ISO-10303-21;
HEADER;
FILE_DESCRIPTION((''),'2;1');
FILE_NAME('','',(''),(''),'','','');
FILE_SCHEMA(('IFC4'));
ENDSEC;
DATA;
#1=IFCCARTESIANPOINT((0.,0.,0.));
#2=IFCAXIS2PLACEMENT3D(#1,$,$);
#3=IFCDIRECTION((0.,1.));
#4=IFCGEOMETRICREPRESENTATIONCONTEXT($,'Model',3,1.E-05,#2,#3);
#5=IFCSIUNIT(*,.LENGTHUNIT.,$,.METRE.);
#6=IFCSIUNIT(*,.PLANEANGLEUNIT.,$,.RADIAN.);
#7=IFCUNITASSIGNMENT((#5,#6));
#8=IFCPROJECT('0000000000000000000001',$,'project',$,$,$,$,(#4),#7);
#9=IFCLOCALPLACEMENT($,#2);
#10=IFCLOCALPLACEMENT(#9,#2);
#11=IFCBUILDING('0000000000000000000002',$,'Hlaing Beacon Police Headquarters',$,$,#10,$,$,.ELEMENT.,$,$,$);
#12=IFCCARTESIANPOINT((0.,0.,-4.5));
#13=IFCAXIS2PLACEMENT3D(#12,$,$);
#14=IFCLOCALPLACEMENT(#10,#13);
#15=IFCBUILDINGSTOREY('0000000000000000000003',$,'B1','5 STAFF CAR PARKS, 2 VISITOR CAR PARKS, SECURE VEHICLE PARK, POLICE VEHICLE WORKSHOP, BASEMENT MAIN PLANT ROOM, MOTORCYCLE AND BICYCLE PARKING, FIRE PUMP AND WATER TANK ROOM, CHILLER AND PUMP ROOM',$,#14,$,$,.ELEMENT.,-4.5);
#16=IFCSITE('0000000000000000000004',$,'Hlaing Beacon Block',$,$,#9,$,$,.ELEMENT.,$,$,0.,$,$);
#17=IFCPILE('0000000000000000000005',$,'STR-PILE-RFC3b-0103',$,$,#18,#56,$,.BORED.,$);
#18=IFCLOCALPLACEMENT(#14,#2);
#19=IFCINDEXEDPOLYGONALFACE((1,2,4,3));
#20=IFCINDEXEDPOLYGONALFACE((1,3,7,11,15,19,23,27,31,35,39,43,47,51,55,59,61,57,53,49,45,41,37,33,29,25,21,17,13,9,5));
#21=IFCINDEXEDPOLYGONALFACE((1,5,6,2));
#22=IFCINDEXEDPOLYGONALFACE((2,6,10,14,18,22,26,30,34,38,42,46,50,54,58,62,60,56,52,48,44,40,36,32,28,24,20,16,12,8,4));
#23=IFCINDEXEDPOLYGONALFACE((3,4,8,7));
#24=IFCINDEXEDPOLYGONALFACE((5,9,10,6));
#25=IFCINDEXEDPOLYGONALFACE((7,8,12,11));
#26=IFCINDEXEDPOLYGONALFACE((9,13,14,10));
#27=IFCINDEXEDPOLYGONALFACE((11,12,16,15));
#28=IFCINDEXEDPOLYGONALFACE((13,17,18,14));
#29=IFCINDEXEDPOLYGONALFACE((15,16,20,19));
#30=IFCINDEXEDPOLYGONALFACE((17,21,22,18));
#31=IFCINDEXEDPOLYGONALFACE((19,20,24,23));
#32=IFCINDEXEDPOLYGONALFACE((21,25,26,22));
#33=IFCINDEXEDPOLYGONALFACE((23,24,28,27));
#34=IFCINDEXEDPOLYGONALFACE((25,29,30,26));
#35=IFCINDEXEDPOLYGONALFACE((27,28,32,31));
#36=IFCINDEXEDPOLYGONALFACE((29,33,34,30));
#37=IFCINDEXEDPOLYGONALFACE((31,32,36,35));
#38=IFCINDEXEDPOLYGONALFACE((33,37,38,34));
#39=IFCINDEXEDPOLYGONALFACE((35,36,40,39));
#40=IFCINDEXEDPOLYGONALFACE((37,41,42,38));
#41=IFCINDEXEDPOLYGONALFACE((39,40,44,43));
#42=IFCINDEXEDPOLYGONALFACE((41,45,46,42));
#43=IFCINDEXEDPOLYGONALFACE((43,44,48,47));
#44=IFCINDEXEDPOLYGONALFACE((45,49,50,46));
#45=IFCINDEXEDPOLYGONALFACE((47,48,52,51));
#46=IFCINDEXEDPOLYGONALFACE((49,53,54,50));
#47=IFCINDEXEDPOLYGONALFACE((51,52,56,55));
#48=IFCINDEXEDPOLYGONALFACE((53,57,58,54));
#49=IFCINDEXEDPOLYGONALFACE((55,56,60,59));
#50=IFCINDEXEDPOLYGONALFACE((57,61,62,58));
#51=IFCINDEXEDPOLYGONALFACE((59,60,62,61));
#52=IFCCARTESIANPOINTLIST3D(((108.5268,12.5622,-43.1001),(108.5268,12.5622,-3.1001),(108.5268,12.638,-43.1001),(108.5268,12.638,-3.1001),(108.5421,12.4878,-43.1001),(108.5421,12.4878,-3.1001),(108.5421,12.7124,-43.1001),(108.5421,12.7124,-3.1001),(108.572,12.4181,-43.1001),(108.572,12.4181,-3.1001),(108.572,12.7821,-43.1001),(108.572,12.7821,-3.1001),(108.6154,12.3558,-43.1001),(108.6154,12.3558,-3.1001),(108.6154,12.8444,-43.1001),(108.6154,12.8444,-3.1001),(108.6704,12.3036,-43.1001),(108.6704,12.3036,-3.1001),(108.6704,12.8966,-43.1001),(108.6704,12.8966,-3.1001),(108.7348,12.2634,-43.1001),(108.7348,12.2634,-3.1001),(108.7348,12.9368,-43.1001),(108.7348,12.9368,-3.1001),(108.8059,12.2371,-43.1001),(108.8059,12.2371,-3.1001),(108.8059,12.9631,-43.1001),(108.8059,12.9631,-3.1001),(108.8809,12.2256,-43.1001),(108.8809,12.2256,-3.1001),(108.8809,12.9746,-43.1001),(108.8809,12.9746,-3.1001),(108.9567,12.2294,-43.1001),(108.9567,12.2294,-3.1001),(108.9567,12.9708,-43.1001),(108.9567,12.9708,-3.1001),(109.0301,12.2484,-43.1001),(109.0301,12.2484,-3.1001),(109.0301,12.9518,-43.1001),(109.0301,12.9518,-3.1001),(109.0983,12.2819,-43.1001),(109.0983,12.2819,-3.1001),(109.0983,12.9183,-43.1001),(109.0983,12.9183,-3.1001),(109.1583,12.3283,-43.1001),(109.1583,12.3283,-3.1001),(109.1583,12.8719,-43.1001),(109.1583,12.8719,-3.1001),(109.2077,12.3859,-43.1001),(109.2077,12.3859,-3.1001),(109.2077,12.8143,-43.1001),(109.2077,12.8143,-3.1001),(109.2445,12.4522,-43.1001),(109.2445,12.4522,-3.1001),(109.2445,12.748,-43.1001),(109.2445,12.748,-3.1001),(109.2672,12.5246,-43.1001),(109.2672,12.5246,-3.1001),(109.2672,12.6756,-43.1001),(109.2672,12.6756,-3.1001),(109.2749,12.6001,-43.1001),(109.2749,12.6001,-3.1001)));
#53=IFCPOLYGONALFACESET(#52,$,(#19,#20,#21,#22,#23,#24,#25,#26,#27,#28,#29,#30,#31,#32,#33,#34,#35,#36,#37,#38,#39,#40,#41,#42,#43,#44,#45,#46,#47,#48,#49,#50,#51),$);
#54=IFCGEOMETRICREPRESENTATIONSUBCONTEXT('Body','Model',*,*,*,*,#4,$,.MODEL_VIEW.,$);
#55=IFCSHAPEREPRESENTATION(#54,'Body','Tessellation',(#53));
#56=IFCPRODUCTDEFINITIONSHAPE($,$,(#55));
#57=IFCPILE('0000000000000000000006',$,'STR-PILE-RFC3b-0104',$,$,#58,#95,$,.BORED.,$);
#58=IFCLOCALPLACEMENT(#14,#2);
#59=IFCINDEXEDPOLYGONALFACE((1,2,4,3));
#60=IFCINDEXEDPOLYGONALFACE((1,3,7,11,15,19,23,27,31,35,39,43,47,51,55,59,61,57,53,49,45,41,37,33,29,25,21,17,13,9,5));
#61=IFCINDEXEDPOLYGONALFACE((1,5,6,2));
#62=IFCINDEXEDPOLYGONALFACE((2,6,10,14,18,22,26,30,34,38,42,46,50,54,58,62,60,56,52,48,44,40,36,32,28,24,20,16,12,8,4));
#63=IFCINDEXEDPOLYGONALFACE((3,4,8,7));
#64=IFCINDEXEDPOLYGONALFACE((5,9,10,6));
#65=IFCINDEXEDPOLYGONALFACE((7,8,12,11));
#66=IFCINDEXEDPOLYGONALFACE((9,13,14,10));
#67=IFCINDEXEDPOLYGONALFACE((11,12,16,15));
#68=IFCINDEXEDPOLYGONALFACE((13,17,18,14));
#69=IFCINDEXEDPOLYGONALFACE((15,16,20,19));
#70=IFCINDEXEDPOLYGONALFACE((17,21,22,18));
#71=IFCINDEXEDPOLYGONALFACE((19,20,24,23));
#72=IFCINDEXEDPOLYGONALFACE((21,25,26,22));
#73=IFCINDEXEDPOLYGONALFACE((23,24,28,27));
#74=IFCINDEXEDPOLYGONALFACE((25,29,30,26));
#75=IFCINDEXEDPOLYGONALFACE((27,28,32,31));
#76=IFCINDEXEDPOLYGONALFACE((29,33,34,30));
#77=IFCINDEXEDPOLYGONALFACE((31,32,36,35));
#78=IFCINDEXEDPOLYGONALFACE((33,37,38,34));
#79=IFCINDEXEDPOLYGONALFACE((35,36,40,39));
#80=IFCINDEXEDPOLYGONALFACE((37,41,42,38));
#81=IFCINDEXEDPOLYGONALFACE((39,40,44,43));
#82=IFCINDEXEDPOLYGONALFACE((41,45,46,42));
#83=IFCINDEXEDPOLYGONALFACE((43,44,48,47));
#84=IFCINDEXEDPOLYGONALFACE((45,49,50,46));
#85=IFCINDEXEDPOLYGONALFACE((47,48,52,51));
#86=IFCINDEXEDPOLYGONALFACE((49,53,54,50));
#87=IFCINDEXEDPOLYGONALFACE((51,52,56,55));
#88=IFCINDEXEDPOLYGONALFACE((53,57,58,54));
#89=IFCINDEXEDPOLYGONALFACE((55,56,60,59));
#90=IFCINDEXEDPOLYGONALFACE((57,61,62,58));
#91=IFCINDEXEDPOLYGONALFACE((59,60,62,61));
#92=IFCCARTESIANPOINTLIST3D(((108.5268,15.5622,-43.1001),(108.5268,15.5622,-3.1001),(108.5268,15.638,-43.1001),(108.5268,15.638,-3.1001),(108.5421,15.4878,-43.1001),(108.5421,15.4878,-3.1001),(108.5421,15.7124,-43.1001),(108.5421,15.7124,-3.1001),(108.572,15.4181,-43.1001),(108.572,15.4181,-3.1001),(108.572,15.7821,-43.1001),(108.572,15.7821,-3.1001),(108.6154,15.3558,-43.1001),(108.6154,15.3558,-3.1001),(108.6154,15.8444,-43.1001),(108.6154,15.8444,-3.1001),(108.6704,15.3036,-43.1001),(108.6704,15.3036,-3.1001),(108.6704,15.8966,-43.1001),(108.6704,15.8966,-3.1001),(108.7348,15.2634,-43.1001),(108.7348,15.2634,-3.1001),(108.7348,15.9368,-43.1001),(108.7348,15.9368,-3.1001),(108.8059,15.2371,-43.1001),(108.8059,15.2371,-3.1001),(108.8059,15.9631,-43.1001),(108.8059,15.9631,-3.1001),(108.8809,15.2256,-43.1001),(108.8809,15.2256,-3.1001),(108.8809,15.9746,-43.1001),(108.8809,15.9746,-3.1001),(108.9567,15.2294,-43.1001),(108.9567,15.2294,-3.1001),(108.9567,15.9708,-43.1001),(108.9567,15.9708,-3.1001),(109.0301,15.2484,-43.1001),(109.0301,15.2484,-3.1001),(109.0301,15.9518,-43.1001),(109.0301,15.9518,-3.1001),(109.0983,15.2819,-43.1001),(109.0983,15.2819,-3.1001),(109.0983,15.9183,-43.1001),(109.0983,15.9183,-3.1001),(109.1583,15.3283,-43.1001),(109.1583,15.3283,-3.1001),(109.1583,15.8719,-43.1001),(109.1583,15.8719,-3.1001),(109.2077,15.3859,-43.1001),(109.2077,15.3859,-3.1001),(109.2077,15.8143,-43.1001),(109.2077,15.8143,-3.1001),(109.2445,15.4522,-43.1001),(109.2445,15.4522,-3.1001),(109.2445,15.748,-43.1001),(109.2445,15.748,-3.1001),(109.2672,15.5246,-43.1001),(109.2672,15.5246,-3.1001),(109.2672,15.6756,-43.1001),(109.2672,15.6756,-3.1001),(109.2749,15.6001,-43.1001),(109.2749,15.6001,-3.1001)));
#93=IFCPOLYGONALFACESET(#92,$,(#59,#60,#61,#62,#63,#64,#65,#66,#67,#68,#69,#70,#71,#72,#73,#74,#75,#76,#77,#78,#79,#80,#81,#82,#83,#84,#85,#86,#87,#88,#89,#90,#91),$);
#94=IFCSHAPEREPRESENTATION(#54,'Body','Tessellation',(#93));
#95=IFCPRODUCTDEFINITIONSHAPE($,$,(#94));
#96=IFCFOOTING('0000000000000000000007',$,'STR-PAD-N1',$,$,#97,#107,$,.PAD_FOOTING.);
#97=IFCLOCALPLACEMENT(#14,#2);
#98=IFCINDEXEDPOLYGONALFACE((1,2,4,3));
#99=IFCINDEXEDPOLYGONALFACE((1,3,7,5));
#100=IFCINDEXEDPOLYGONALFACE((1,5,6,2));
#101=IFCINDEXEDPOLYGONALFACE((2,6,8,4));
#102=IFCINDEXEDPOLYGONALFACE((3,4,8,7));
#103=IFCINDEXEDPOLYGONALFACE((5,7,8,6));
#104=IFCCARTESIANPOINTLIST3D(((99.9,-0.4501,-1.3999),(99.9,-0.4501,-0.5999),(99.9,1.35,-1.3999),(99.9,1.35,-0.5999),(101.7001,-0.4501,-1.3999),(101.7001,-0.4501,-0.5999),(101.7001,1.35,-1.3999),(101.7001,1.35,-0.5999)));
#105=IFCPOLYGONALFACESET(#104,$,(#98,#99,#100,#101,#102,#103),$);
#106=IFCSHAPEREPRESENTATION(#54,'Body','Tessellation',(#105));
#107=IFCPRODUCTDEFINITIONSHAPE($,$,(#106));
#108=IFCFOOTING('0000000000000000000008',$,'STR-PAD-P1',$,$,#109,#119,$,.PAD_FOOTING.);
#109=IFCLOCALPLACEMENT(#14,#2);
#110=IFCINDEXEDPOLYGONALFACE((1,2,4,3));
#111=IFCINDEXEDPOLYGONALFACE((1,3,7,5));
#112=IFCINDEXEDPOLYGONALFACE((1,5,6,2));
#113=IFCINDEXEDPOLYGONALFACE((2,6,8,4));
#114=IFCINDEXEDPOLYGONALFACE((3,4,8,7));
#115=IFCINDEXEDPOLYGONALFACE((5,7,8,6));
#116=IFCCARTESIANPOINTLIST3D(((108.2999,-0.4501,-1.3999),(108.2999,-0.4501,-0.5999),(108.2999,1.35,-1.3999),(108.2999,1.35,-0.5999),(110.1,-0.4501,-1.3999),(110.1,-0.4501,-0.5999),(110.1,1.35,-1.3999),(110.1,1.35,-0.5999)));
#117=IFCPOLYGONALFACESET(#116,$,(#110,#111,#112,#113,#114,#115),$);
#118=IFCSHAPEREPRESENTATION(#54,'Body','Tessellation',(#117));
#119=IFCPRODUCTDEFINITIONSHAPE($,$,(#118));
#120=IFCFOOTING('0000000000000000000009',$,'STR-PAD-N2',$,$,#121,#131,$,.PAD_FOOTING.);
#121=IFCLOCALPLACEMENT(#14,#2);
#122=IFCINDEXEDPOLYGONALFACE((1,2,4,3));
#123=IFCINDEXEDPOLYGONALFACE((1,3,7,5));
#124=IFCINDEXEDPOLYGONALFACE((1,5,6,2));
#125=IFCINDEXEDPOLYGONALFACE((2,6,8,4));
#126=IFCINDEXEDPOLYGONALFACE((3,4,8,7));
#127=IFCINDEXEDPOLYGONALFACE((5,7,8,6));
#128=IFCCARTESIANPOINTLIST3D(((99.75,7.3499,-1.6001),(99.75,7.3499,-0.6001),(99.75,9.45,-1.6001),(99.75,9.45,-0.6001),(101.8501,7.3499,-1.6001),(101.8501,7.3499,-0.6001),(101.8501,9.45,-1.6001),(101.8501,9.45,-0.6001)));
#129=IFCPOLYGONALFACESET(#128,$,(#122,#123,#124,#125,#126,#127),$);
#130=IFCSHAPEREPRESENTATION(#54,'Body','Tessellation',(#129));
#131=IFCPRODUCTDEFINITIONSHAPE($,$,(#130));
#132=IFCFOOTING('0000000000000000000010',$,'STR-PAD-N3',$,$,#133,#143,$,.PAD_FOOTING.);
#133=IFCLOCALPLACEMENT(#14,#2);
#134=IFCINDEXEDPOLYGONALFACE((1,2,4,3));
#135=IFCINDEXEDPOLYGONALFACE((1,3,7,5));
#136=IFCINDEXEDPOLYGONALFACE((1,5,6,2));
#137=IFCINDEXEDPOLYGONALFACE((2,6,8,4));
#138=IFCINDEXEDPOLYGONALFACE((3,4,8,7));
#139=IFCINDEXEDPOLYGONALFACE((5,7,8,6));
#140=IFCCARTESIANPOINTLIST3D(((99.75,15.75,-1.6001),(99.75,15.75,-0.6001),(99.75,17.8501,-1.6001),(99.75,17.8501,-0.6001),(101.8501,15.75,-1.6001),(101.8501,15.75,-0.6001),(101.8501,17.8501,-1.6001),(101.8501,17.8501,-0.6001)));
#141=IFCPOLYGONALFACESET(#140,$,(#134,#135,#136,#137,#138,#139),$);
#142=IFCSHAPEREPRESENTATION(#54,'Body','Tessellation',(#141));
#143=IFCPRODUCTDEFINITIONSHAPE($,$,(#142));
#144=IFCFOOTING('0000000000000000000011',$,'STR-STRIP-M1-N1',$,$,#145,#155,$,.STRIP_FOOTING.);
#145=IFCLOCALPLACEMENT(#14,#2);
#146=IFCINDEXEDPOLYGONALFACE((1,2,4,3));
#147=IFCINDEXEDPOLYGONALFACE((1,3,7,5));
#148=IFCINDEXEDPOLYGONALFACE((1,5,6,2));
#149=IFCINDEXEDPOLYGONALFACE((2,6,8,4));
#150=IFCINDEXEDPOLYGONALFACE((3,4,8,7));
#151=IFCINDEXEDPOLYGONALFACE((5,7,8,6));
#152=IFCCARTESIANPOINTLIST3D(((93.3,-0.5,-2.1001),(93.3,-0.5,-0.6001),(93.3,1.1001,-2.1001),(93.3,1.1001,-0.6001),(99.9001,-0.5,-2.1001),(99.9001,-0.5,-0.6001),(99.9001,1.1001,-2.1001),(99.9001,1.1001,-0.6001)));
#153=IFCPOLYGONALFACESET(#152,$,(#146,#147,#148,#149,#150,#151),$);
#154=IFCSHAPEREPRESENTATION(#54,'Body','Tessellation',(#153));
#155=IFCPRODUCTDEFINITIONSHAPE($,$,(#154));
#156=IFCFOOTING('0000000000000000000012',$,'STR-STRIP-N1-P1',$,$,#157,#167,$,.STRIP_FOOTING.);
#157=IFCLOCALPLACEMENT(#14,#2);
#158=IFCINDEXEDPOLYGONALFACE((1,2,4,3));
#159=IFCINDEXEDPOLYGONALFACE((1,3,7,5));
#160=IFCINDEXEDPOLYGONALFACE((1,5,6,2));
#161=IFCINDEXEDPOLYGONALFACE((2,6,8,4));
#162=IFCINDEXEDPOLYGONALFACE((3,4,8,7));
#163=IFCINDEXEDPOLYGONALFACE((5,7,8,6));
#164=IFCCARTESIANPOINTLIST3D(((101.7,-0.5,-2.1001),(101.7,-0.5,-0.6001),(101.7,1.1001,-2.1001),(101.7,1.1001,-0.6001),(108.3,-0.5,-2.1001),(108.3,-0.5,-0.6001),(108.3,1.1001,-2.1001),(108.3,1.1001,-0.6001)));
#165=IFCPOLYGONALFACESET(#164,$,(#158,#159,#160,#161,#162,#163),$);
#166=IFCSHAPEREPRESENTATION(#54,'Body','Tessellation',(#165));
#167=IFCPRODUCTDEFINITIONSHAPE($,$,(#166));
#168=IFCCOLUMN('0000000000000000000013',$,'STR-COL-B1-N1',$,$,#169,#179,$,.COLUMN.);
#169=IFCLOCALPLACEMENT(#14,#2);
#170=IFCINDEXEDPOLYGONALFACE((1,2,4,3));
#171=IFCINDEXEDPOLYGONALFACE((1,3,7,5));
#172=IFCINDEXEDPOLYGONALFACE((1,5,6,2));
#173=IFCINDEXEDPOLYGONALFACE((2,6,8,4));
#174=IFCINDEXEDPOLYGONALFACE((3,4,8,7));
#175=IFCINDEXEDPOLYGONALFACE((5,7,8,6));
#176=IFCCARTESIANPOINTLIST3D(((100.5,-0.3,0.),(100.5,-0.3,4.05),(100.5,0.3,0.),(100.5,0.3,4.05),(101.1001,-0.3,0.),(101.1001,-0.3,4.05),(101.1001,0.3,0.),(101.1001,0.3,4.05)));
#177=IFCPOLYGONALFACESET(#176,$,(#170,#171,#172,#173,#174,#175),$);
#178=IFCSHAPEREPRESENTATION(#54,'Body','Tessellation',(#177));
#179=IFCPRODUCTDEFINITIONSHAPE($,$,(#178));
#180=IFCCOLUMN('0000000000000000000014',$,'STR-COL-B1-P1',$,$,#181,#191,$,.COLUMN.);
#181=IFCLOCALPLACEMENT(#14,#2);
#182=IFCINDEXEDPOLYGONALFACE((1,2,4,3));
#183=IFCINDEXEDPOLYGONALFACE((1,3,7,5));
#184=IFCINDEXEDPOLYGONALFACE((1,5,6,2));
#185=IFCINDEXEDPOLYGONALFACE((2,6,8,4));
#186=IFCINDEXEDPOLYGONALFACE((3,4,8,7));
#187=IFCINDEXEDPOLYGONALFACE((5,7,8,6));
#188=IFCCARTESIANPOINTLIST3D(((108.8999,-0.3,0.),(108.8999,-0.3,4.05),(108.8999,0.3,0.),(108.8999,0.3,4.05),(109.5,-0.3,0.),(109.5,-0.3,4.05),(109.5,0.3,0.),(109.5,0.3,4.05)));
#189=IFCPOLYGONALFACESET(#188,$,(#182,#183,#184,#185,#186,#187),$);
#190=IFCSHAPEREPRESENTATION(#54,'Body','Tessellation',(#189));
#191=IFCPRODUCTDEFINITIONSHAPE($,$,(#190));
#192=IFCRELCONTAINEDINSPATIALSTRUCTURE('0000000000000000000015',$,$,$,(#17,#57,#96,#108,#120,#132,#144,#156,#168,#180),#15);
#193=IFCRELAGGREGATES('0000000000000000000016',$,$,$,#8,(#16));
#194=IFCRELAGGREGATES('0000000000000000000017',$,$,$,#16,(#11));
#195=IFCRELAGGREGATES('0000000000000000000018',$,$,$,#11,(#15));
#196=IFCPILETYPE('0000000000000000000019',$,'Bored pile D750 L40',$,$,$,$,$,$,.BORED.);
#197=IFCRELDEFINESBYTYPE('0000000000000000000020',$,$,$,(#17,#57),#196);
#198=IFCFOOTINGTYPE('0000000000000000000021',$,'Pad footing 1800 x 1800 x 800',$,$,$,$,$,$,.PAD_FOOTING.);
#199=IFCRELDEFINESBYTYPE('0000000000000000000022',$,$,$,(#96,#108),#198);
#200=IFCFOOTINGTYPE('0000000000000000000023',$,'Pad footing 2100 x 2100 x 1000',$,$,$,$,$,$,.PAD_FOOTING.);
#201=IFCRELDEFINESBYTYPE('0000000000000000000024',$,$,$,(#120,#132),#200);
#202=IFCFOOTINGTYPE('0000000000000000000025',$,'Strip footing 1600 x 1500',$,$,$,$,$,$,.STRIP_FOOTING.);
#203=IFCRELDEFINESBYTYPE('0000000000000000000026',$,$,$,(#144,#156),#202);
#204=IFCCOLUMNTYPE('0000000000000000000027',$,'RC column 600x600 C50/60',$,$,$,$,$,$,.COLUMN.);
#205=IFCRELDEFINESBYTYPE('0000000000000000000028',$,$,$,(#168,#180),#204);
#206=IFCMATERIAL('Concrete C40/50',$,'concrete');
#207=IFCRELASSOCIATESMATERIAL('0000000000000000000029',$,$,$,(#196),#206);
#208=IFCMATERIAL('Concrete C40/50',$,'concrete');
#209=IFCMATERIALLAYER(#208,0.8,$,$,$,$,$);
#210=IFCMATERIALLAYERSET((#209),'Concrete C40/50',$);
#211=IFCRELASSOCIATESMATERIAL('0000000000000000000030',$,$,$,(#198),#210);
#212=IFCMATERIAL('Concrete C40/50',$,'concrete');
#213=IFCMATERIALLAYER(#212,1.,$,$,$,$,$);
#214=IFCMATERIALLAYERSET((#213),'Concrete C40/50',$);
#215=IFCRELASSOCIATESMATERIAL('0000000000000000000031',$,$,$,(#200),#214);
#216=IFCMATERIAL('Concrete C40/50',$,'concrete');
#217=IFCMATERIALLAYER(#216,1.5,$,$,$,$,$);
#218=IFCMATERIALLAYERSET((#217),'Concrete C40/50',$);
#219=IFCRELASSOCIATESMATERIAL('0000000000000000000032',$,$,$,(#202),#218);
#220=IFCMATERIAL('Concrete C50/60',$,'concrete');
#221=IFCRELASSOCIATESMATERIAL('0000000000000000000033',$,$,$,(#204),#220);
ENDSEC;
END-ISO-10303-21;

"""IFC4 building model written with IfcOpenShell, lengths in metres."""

from ifc_helpers import new_model, si_unit, direction, frame, origin, origin_2d, place, context, subcontext, project, spatial, rectangle, circle, extrude, material, layer, layer_set, material_profile, profile_set, type_object, element, save


model = new_model("IFC4")

# Units and contexts
model_context = context("Model", 3, precision=1e-05, world=origin(), true_north=direction((0.0, 1.0)))
body_context = subcontext(model_context, "Body", "Model", "MODEL_VIEW")
ifc_project = project(units=[si_unit("LENGTHUNIT", "METRE"), si_unit("PLANEANGLEUNIT", "RADIAN")], contexts=[model_context])

# Site, building, storey
site_placement = place(None, origin())
site = spatial("IfcSite", under=ifc_project, at=site_placement, Name="Hlaing Beacon Block", CompositionType="ELEMENT", RefElevation=0.0)
building_placement = place(site_placement, origin())
building = spatial("IfcBuilding", under=site, at=building_placement, Name="Hlaing Beacon Police Headquarters", CompositionType="ELEMENT")
storey_placement = place(building_placement, frame((0.0, 0.0, -4.5)))
storey = spatial("IfcBuildingStorey", under=building, at=storey_placement, Name="B1", Description="5 STAFF CAR PARKS, 2 VISITOR CAR PARKS, SECURE VEHICLE PARK, POLICE VEHICLE WORKSHOP, BASEMENT MAIN PLANT ROOM, MOTORCYCLE AND BICYCLE PARKING, FIRE PUMP AND WATER TANK ROOM, CHILLER AND PUMP ROOM", CompositionType="ELEMENT", Elevation=-4.5)

# Piles
ifc_material_1 = material(Name="Concrete C40/50", Category="concrete")
ifc_material_profile_1 = material_profile(ifc_material_1, circle(Radius=0.375, at=origin_2d()), Name="D750")
ifc_profile_set_1 = profile_set([ifc_material_profile_1], Name="Concrete C40/50")
pile_type_1 = type_object("IfcPileType", Name="Bored pile D750 L40", PredefinedType="BORED", material=ifc_profile_set_1)
for number, where, z_axis, x_axis, name in (
    (1, (108.8999, 12.6001, -3.1001), (0.0, 0.0, -1.0), (1.0, 0.0, 0.0), "STR-PILE-RFC3b-0103"),
    (2, (108.8999, 15.6001, -3.1001), (0.0, 0.0, -1.0), (1.0, 0.0, 0.0), "STR-PILE-RFC3b-0104"),
):
    element("IfcPile", number, at=place(storey_placement, frame(where, z_axis=z_axis, x_axis=x_axis)), inside=storey, type_object=pile_type_1, Name=name, PredefinedType="BORED", context=body_context, shape_type="SweptSolid", body=[
        extrude(circle(Radius=0.375, at=origin_2d()), origin(), (0.0, 0.0, 1.0), 40.0),
    ])

# Footings
ifc_material_2 = material(Name="Concrete C40/50", Category="concrete")
ifc_layer_1 = layer(ifc_material_2, 0.8)
ifc_layer_set_1 = layer_set([ifc_layer_1], Name="Concrete C40/50")
footing_type_1 = type_object("IfcFootingType", Name="Pad footing 1800 x 1800 x 800", PredefinedType="PAD_FOOTING", material=ifc_layer_set_1)
for number, where, z_axis, x_axis, name in (
    (3, (100.8, 0.45, -1.3999), (0.0, 0.0, 1.0), (1.0, 0.0, 0.0), "STR-PAD-N1"),
    (4, (109.2, 0.45, -1.3999), (0.0, 0.0, 1.0), (1.0, 0.0, 0.0), "STR-PAD-P1"),
):
    element("IfcFooting", number, at=place(storey_placement, frame(where, z_axis=z_axis, x_axis=x_axis)), inside=storey, type_object=footing_type_1, Name=name, PredefinedType="PAD_FOOTING", context=body_context, shape_type="SweptSolid", body=[
        extrude(rectangle(XDim=1.8, YDim=1.8, at=origin_2d()), origin(), (0.0, 0.0, 1.0), 0.8),
    ])
ifc_material_3 = material(Name="Concrete C40/50", Category="concrete")
ifc_layer_2 = layer(ifc_material_3, 1.0)
ifc_layer_set_2 = layer_set([ifc_layer_2], Name="Concrete C40/50")
footing_type_2 = type_object("IfcFootingType", Name="Pad footing 2100 x 2100 x 1000", PredefinedType="PAD_FOOTING", material=ifc_layer_set_2)
for number, where, z_axis, x_axis, name in (
    (5, (100.8, 8.3999, -1.6001), (0.0, 0.0, 1.0), (1.0, 0.0, 0.0), "STR-PAD-N2"),
    (6, (100.8, 16.8, -1.6001), (0.0, 0.0, 1.0), (1.0, 0.0, 0.0), "STR-PAD-N3"),
):
    element("IfcFooting", number, at=place(storey_placement, frame(where, z_axis=z_axis, x_axis=x_axis)), inside=storey, type_object=footing_type_2, Name=name, PredefinedType="PAD_FOOTING", context=body_context, shape_type="SweptSolid", body=[
        extrude(rectangle(XDim=2.1001, YDim=2.1001, at=origin_2d()), origin(), (0.0, 0.0, 1.0), 1.0),
    ])
ifc_material_4 = material(Name="Concrete C40/50", Category="concrete")
ifc_layer_3 = layer(ifc_material_4, 1.5)
ifc_layer_set_3 = layer_set([ifc_layer_3], Name="Concrete C40/50")
footing_type_3 = type_object("IfcFootingType", Name="Strip footing 1600 x 1500", PredefinedType="STRIP_FOOTING", material=ifc_layer_set_3)
for number, where, z_axis, x_axis, name in (
    (7, (96.6001, 0.3, -2.1001), (0.0, 0.0, 1.0), (1.0, 0.0, 0.0), "STR-STRIP-M1-N1"),
    (8, (105.0, 0.3, -2.1001), (0.0, 0.0, 1.0), (1.0, 0.0, 0.0), "STR-STRIP-N1-P1"),
):
    element("IfcFooting", number, at=place(storey_placement, frame(where, z_axis=z_axis, x_axis=x_axis)), inside=storey, type_object=footing_type_3, Name=name, PredefinedType="STRIP_FOOTING", context=body_context, shape_type="SweptSolid", body=[
        extrude(rectangle(XDim=6.6001, YDim=1.6001, at=origin_2d()), origin(), (0.0, 0.0, 1.0), 1.5),
    ])

# Columns
ifc_material_5 = material(Name="Concrete C50/60", Category="concrete")
ifc_material_profile_2 = material_profile(ifc_material_5, rectangle(XDim=0.6001, YDim=0.6001, at=origin_2d()), Name="600x600")
ifc_profile_set_2 = profile_set([ifc_material_profile_2], Name="Concrete C50/60")
column_type_1 = type_object("IfcColumnType", Name="RC column 600x600 C50/60", PredefinedType="COLUMN", material=ifc_profile_set_2)
for number, where, z_axis, x_axis, name in (
    (9, (100.8, 0.0, 0.0), (0.0, 0.0, 1.0), (1.0, 0.0, 0.0), "STR-COL-B1-N1"),
    (10, (109.2, 0.0, 0.0), (0.0, 0.0, 1.0), (1.0, 0.0, 0.0), "STR-COL-B1-P1"),
):
    element("IfcColumn", number, at=place(storey_placement, frame(where, z_axis=z_axis, x_axis=x_axis)), inside=storey, type_object=column_type_1, Name=name, PredefinedType="COLUMN", context=body_context, shape_type="SweptSolid", body=[
        extrude(rectangle(XDim=0.6001, YDim=0.6001, at=origin_2d()), origin(), (0.0, 0.0, 1.0), 4.05),
    ])

save(model, "model.ifc")
